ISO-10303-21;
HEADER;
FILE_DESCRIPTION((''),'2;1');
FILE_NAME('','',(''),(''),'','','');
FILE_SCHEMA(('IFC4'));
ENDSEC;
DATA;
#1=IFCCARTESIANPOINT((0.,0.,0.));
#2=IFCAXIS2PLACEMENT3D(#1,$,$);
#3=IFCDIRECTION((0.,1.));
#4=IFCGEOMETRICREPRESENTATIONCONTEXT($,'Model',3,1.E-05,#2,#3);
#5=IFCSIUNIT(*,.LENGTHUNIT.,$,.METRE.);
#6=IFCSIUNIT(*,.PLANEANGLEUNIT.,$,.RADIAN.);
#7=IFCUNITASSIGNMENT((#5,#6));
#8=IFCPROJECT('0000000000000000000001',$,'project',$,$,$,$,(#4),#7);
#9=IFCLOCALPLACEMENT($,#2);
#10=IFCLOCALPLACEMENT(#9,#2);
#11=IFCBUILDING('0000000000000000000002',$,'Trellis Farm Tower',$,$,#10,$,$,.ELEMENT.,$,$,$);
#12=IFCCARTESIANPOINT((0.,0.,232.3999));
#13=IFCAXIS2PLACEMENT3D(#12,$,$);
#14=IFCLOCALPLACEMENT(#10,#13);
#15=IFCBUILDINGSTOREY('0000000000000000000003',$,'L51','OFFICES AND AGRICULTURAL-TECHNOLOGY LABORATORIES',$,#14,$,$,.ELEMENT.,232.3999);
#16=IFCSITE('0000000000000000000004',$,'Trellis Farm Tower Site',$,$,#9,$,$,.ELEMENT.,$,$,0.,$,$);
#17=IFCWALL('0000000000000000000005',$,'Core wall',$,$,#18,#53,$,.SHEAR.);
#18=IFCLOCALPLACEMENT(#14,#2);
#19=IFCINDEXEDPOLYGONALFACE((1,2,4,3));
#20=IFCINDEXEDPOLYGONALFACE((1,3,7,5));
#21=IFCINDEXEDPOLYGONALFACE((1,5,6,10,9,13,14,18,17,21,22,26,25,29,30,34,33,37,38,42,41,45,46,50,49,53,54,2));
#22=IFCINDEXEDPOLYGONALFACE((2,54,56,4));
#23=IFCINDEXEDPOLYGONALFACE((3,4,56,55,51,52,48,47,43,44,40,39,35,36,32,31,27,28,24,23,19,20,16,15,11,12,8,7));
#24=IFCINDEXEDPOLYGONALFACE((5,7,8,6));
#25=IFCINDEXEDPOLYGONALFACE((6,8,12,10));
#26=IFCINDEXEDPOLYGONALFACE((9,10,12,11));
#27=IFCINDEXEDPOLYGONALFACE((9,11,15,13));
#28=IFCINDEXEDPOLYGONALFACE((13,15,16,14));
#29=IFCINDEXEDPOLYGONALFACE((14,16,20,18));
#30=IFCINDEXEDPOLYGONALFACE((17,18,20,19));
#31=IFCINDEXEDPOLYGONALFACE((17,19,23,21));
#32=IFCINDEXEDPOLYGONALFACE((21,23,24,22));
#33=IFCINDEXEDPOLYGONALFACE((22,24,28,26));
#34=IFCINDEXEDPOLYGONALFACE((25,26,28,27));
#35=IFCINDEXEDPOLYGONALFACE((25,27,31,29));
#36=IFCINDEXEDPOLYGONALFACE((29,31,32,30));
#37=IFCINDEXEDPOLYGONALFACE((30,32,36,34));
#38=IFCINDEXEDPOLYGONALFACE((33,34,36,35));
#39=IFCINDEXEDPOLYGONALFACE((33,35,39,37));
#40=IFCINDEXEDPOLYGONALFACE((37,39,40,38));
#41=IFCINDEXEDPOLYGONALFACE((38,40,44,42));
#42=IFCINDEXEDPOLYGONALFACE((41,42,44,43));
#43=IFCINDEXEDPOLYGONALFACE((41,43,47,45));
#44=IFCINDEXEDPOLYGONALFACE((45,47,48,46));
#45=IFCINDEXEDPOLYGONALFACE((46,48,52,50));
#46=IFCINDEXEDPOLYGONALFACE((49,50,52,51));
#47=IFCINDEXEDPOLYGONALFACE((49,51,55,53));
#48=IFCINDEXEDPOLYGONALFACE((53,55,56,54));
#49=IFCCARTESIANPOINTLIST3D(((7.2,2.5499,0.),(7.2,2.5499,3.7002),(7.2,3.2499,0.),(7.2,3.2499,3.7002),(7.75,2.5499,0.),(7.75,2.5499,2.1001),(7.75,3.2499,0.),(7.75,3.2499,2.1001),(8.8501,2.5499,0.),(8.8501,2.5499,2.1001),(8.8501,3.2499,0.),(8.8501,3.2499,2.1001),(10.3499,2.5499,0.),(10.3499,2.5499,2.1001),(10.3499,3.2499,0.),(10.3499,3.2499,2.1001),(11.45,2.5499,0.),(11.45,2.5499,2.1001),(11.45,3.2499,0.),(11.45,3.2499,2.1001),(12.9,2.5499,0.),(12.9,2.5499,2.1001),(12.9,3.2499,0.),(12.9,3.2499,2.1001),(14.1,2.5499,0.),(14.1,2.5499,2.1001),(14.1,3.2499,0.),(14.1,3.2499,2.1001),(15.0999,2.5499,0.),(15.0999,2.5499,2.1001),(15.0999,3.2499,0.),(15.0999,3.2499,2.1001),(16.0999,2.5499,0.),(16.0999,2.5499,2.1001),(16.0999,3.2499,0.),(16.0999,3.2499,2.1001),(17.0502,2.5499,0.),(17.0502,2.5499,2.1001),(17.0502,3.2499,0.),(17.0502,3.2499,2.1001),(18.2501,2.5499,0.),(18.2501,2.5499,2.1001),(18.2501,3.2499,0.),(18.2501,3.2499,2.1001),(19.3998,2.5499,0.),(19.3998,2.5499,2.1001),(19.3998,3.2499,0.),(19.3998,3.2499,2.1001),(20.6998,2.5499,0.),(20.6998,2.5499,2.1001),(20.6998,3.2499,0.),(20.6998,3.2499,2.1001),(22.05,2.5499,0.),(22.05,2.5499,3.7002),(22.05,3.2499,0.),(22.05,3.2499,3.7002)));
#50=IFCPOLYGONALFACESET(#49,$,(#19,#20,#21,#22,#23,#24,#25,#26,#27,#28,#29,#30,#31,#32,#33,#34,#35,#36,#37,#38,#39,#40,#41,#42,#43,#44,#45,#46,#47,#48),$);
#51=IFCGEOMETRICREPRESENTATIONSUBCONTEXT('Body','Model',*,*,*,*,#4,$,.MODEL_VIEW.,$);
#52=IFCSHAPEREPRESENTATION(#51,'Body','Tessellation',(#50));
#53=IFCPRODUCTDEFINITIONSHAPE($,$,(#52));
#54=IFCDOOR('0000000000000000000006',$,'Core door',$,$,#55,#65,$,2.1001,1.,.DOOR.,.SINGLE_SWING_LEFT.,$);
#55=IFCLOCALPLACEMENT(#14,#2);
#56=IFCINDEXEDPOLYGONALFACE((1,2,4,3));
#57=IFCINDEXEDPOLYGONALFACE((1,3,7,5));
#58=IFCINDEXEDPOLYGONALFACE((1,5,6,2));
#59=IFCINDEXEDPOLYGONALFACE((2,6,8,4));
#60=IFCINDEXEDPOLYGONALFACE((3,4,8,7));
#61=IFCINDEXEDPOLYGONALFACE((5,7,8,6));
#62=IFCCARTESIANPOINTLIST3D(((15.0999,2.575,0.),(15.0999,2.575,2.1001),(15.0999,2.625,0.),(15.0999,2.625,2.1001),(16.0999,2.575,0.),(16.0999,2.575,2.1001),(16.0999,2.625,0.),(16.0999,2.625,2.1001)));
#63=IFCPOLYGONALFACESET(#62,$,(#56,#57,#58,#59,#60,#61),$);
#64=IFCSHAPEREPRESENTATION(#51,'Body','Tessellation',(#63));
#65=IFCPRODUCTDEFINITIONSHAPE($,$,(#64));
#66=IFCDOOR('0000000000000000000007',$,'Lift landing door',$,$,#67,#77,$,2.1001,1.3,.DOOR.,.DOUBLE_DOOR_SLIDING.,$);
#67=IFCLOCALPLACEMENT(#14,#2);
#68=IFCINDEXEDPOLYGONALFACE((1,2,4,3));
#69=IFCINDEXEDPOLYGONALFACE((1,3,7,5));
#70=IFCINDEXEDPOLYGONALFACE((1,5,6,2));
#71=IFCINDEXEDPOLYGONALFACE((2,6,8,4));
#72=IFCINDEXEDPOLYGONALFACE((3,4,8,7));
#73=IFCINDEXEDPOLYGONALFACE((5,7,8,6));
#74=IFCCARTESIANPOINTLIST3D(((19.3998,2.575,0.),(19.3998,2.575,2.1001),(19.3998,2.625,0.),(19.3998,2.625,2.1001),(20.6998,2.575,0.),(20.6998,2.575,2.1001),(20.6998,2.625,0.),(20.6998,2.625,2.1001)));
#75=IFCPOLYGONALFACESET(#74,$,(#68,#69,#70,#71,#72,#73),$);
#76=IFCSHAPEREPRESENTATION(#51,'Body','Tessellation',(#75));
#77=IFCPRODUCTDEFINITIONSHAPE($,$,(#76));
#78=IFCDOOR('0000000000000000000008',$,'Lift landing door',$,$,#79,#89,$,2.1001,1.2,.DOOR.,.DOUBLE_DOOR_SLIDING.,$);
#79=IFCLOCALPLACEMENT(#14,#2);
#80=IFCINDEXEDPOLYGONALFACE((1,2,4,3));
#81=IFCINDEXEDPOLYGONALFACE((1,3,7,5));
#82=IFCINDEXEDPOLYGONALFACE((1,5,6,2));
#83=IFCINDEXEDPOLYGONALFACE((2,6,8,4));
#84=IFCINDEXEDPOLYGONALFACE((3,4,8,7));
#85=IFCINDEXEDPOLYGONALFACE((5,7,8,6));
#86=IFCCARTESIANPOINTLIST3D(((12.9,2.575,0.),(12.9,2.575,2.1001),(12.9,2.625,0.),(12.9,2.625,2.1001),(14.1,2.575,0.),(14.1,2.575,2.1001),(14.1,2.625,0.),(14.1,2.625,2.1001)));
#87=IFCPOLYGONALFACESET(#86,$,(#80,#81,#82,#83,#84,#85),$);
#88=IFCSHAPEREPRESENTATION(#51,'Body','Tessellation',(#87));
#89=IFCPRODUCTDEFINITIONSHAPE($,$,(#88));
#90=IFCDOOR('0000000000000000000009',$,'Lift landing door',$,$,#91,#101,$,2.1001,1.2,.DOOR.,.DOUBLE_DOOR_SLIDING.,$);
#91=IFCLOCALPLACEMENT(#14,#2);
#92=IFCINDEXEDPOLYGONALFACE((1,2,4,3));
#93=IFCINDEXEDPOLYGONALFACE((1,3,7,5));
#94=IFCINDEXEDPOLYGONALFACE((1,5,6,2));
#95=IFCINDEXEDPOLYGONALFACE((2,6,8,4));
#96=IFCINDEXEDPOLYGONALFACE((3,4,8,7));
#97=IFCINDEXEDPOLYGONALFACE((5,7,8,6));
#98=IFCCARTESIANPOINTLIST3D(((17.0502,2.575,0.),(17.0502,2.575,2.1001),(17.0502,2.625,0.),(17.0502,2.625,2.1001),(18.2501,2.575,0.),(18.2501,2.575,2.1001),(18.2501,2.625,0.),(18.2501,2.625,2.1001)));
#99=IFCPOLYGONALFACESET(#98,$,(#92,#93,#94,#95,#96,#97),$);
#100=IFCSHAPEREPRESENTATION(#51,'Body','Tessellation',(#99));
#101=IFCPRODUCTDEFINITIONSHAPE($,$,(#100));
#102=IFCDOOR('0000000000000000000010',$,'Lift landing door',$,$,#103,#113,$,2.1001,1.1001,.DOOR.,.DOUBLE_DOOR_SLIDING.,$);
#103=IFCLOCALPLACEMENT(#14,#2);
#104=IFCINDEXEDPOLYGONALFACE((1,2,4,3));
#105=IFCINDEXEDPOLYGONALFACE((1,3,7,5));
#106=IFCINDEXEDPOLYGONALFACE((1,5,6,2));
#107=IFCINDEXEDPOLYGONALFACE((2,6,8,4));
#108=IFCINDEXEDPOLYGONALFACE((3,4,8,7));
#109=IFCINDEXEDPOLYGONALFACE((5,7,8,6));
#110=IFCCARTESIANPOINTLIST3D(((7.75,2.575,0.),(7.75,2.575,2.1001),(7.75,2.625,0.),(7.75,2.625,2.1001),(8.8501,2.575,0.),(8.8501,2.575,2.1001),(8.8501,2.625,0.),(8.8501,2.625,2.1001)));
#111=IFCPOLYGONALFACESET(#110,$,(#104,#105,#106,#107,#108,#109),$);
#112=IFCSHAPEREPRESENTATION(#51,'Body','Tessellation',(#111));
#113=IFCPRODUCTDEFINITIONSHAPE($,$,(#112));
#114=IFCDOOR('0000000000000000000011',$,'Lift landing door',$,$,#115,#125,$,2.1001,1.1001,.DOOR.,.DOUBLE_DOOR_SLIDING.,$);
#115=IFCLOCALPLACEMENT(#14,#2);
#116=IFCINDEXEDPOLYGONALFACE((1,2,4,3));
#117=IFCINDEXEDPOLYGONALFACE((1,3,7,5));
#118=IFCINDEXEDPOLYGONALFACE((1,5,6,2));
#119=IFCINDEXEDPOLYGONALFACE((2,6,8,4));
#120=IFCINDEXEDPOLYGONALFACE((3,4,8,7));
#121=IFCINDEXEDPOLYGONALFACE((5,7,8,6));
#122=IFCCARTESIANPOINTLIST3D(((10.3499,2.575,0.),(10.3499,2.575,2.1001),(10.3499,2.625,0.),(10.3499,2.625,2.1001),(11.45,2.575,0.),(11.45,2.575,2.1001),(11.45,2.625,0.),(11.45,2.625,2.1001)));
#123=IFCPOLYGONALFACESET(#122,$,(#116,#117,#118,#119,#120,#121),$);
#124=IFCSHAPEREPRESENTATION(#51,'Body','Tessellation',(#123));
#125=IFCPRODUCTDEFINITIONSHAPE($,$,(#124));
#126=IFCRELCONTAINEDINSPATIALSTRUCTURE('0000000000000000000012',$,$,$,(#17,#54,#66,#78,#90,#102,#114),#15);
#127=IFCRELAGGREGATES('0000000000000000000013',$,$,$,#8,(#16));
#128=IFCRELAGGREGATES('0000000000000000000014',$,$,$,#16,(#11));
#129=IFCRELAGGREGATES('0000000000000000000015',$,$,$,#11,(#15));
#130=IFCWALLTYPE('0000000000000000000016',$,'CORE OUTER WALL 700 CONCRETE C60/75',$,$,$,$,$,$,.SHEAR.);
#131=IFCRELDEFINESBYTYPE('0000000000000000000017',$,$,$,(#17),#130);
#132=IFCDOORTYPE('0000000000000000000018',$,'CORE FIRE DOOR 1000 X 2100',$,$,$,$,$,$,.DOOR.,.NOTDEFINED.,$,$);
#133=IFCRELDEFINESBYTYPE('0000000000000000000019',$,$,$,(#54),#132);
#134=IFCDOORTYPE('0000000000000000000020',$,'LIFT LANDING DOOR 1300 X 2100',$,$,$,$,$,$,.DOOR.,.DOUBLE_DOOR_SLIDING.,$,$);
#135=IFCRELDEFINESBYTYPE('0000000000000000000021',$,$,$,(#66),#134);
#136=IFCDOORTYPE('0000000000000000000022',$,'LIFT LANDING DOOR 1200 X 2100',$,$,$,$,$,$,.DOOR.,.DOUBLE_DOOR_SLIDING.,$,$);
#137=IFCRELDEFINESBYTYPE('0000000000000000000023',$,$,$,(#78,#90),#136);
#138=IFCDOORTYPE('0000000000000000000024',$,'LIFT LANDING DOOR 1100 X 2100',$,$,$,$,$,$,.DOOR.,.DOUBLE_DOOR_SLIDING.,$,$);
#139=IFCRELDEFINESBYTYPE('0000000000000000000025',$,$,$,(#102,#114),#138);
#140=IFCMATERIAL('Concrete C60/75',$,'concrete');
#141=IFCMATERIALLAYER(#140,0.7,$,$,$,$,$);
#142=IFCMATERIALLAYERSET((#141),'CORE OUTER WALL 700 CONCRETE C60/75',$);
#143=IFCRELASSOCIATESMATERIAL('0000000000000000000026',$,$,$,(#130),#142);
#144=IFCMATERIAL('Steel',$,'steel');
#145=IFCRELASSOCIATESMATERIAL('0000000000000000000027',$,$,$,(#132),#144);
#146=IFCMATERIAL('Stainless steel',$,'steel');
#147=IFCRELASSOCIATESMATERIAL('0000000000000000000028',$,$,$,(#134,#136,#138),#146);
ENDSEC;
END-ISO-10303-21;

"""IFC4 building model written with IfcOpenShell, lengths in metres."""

from ifc_helpers import new_model, si_unit, direction, frame, frame_2d, origin, place, context, subcontext, project, spatial, rectangle, extrude, source, transform, mapped, material, layer, layer_set, type_object, element, fill, save


model = new_model("IFC4")

# Units and contexts
model_context = context("Model", 3, precision=1e-05, world=origin(), true_north=direction((0.0, 1.0)))
body_context = subcontext(model_context, "Body", "Model", "MODEL_VIEW")
ifc_project = project(units=[si_unit("LENGTHUNIT", "METRE"), si_unit("PLANEANGLEUNIT", "RADIAN")], contexts=[model_context])

# Site, building, storey
site_placement = place(None, origin())
site = spatial("IfcSite", under=ifc_project, at=site_placement, Name="Trellis Farm Tower Site", CompositionType="ELEMENT", RefElevation=0.0)
building_placement = place(site_placement, origin())
building = spatial("IfcBuilding", under=site, at=building_placement, Name="Trellis Farm Tower", CompositionType="ELEMENT")
storey_placement = place(building_placement, frame((0.0, 0.0, 232.3999)))
storey = spatial("IfcBuildingStorey", under=building, at=storey_placement, Name="L51", Description="OFFICES AND AGRICULTURAL-TECHNOLOGY LABORATORIES", CompositionType="ELEMENT", Elevation=232.3999)

# Shared definitions
ifc_material_1 = material(Name="Concrete C60/75", Category="concrete")

# Wall, openings, doors
ifc_layer_1 = layer(ifc_material_1, 0.7)
ifc_layer_set_1 = layer_set([ifc_layer_1], Name="CORE OUTER WALL 700 CONCRETE C60/75")
wall_type_1 = type_object("IfcWallType", Name="CORE OUTER WALL 700 CONCRETE C60/75", PredefinedType="SHEAR", material=ifc_layer_set_1)
shared_shape_1 = source(origin(), body_context, "Body", "SweptSolid", [
    extrude(rectangle(XDim=14.8501, YDim=0.7, at=frame_2d((7.425, 0.0))), origin(), (0.0, 0.0, 1.0), 3.7002),
])
wall_1_placement = place(storey_placement, frame((7.2, 2.8999, 0.0), z_axis=(0.0, 0.0, 1.0), x_axis=(1.0, 0.0, 0.0)))
wall_1 = element("IfcWall", 1, at=wall_1_placement, inside=storey, type_object=wall_type_1, Name="Core wall", PredefinedType="SHEAR", context=body_context, shape_type="MappedRepresentation", body=[
    mapped(shared_shape_1, transform((0.0, 0.0, 0.0))),
])
shared_shape_2 = source(origin(), body_context, "Body", "SweptSolid", [
    extrude(rectangle(XDim=1.1001, YDim=2.1001, at=frame_2d((0.55, 1.05))), frame((0.0, 0.3601, 0.0), z_axis=(0.0, -1.0, 0.0), x_axis=(1.0, 0.0, 0.0)), (0.0, 0.0, 1.0), 0.7202),
])
opening_1_placement = place(wall_1_placement, frame((0.55, 0.0, 0.0)))
opening_1 = element("IfcOpeningElement", 2, at=opening_1_placement, cuts=wall_1, PredefinedType="OPENING", context=body_context, shape_type="MappedRepresentation", body=[
    mapped(shared_shape_2, transform((0.0, 0.0, 0.0))),
])
opening_2_placement = place(wall_1_placement, frame((3.1499, 0.0, 0.0)))
opening_2 = element("IfcOpeningElement", 3, at=opening_2_placement, cuts=wall_1, PredefinedType="OPENING", context=body_context, shape_type="MappedRepresentation", body=[
    mapped(shared_shape_2, transform((0.0, 0.0, 0.0))),
])
shared_shape_3 = source(origin(), body_context, "Body", "SweptSolid", [
    extrude(rectangle(XDim=1.2, YDim=2.1001, at=frame_2d((0.6001, 1.05))), frame((0.0, 0.3601, 0.0), z_axis=(0.0, -1.0, 0.0), x_axis=(1.0, 0.0, 0.0)), (0.0, 0.0, 1.0), 0.7202),
])
opening_3_placement = place(wall_1_placement, frame((5.7, 0.0, 0.0)))
opening_3 = element("IfcOpeningElement", 4, at=opening_3_placement, cuts=wall_1, PredefinedType="OPENING", context=body_context, shape_type="MappedRepresentation", body=[
    mapped(shared_shape_3, transform((0.0, 0.0, 0.0))),
])
shared_shape_4 = source(origin(), body_context, "Body", "SweptSolid", [
    extrude(rectangle(XDim=1.3, YDim=2.1001, at=frame_2d((0.6499, 1.05))), frame((0.0, 0.3601, 0.0), z_axis=(0.0, -1.0, 0.0), x_axis=(1.0, 0.0, 0.0)), (0.0, 0.0, 1.0), 0.7202),
])
opening_4_placement = place(wall_1_placement, frame((12.2, 0.0, 0.0)))
opening_4 = element("IfcOpeningElement", 5, at=opening_4_placement, cuts=wall_1, PredefinedType="OPENING", context=body_context, shape_type="MappedRepresentation", body=[
    mapped(shared_shape_4, transform((0.0, 0.0, 0.0))),
])
opening_5_placement = place(wall_1_placement, frame((9.8501, 0.0, 0.0)))
opening_5 = element("IfcOpeningElement", 6, at=opening_5_placement, cuts=wall_1, PredefinedType="OPENING", context=body_context, shape_type="MappedRepresentation", body=[
    mapped(shared_shape_3, transform((0.0, 0.0, 0.0))),
])
shared_shape_5 = source(origin(), body_context, "Body", "SweptSolid", [
    extrude(rectangle(XDim=1.0, YDim=2.1001, at=frame_2d((0.5, 1.05))), frame((0.0, 0.3601, 0.0), z_axis=(0.0, -1.0, 0.0), x_axis=(1.0, 0.0, 0.0)), (0.0, 0.0, 1.0), 0.7202),
])
opening_6_placement = place(wall_1_placement, frame((7.8999, 0.0, 0.0)))
opening_6 = element("IfcOpeningElement", 7, at=opening_6_placement, cuts=wall_1, PredefinedType="OPENING", context=body_context, shape_type="MappedRepresentation", body=[
    mapped(shared_shape_5, transform((0.0, 0.0, 0.0))),
])
ifc_material_2 = material(Name="Steel", Category="steel")
door_type_1 = type_object("IfcDoorType", Name="CORE FIRE DOOR 1000 X 2100", OperationType="NOTDEFINED", PredefinedType="DOOR", material=ifc_material_2)
shared_shape_6 = source(origin(), body_context, "Body", "SweptSolid", [
    extrude(rectangle(XDim=1.0, YDim=2.1001, at=frame_2d((0.5, 1.05))), frame((0.0, -0.2749, 0.0), z_axis=(0.0, -1.0, 0.0), x_axis=(1.0, 0.0, 0.0)), (0.0, 0.0, 1.0), 0.05),
])
door_1_placement = place(opening_6_placement, origin())
door_1 = element("IfcDoor", 8, at=door_1_placement, inside=storey, type_object=door_type_1, Name="Core door", OperationType="SINGLE_SWING_LEFT", OverallHeight=2.1001, OverallWidth=1.0, PredefinedType="DOOR", context=body_context, shape_type="MappedRepresentation", body=[
    mapped(shared_shape_6, transform((0.0, 0.0, 0.0))),
])
fill(opening_6, door_1)
ifc_material_3 = material(Name="Stainless steel", Category="steel")
door_type_2 = type_object("IfcDoorType", Name="LIFT LANDING DOOR 1300 X 2100", OperationType="DOUBLE_DOOR_SLIDING", PredefinedType="DOOR", material=ifc_material_3)
shared_shape_7 = source(origin(), body_context, "Body", "SweptSolid", [
    extrude(rectangle(XDim=1.3, YDim=2.1001, at=frame_2d((0.6499, 1.05))), frame((0.0, -0.2749, 0.0), z_axis=(0.0, -1.0, 0.0), x_axis=(1.0, 0.0, 0.0)), (0.0, 0.0, 1.0), 0.05),
])
door_2_placement = place(opening_4_placement, origin())
door_2 = element("IfcDoor", 9, at=door_2_placement, inside=storey, type_object=door_type_2, Name="Lift landing door", OperationType="DOUBLE_DOOR_SLIDING", OverallHeight=2.1001, OverallWidth=1.3, PredefinedType="DOOR", context=body_context, shape_type="MappedRepresentation", body=[
    mapped(shared_shape_7, transform((0.0, 0.0, 0.0))),
])
fill(opening_4, door_2)
door_type_3 = type_object("IfcDoorType", Name="LIFT LANDING DOOR 1200 X 2100", OperationType="DOUBLE_DOOR_SLIDING", PredefinedType="DOOR", material=ifc_material_3)
shared_shape_8 = source(origin(), body_context, "Body", "SweptSolid", [
    extrude(rectangle(XDim=1.2, YDim=2.1001, at=frame_2d((0.6001, 1.05))), frame((0.0, -0.2749, 0.0), z_axis=(0.0, -1.0, 0.0), x_axis=(1.0, 0.0, 0.0)), (0.0, 0.0, 1.0), 0.05),
])
door_3_placement = place(opening_3_placement, origin())
door_3 = element("IfcDoor", 10, at=door_3_placement, inside=storey, type_object=door_type_3, Name="Lift landing door", OperationType="DOUBLE_DOOR_SLIDING", OverallHeight=2.1001, OverallWidth=1.2, PredefinedType="DOOR", context=body_context, shape_type="MappedRepresentation", body=[
    mapped(shared_shape_8, transform((0.0, 0.0, 0.0))),
])
fill(opening_3, door_3)
door_4_placement = place(opening_5_placement, origin())
door_4 = element("IfcDoor", 11, at=door_4_placement, inside=storey, type_object=door_type_3, Name="Lift landing door", OperationType="DOUBLE_DOOR_SLIDING", OverallHeight=2.1001, OverallWidth=1.2, PredefinedType="DOOR", context=body_context, shape_type="MappedRepresentation", body=[
    mapped(shared_shape_8, transform((0.0, 0.0, 0.0))),
])
fill(opening_5, door_4)
door_type_4 = type_object("IfcDoorType", Name="LIFT LANDING DOOR 1100 X 2100", OperationType="DOUBLE_DOOR_SLIDING", PredefinedType="DOOR", material=ifc_material_3)
shared_shape_9 = source(origin(), body_context, "Body", "SweptSolid", [
    extrude(rectangle(XDim=1.1001, YDim=2.1001, at=frame_2d((0.55, 1.05))), frame((0.0, -0.2749, 0.0), z_axis=(0.0, -1.0, 0.0), x_axis=(1.0, 0.0, 0.0)), (0.0, 0.0, 1.0), 0.05),
])
door_5_placement = place(opening_1_placement, origin())
door_5 = element("IfcDoor", 12, at=door_5_placement, inside=storey, type_object=door_type_4, Name="Lift landing door", OperationType="DOUBLE_DOOR_SLIDING", OverallHeight=2.1001, OverallWidth=1.1001, PredefinedType="DOOR", context=body_context, shape_type="MappedRepresentation", body=[
    mapped(shared_shape_9, transform((0.0, 0.0, 0.0))),
])
fill(opening_1, door_5)
door_6_placement = place(opening_2_placement, origin())
door_6 = element("IfcDoor", 13, at=door_6_placement, inside=storey, type_object=door_type_4, Name="Lift landing door", OperationType="DOUBLE_DOOR_SLIDING", OverallHeight=2.1001, OverallWidth=1.1001, PredefinedType="DOOR", context=body_context, shape_type="MappedRepresentation", body=[
    mapped(shared_shape_9, transform((0.0, 0.0, 0.0))),
])
fill(opening_2, door_6)

save(model, "model.ifc")
